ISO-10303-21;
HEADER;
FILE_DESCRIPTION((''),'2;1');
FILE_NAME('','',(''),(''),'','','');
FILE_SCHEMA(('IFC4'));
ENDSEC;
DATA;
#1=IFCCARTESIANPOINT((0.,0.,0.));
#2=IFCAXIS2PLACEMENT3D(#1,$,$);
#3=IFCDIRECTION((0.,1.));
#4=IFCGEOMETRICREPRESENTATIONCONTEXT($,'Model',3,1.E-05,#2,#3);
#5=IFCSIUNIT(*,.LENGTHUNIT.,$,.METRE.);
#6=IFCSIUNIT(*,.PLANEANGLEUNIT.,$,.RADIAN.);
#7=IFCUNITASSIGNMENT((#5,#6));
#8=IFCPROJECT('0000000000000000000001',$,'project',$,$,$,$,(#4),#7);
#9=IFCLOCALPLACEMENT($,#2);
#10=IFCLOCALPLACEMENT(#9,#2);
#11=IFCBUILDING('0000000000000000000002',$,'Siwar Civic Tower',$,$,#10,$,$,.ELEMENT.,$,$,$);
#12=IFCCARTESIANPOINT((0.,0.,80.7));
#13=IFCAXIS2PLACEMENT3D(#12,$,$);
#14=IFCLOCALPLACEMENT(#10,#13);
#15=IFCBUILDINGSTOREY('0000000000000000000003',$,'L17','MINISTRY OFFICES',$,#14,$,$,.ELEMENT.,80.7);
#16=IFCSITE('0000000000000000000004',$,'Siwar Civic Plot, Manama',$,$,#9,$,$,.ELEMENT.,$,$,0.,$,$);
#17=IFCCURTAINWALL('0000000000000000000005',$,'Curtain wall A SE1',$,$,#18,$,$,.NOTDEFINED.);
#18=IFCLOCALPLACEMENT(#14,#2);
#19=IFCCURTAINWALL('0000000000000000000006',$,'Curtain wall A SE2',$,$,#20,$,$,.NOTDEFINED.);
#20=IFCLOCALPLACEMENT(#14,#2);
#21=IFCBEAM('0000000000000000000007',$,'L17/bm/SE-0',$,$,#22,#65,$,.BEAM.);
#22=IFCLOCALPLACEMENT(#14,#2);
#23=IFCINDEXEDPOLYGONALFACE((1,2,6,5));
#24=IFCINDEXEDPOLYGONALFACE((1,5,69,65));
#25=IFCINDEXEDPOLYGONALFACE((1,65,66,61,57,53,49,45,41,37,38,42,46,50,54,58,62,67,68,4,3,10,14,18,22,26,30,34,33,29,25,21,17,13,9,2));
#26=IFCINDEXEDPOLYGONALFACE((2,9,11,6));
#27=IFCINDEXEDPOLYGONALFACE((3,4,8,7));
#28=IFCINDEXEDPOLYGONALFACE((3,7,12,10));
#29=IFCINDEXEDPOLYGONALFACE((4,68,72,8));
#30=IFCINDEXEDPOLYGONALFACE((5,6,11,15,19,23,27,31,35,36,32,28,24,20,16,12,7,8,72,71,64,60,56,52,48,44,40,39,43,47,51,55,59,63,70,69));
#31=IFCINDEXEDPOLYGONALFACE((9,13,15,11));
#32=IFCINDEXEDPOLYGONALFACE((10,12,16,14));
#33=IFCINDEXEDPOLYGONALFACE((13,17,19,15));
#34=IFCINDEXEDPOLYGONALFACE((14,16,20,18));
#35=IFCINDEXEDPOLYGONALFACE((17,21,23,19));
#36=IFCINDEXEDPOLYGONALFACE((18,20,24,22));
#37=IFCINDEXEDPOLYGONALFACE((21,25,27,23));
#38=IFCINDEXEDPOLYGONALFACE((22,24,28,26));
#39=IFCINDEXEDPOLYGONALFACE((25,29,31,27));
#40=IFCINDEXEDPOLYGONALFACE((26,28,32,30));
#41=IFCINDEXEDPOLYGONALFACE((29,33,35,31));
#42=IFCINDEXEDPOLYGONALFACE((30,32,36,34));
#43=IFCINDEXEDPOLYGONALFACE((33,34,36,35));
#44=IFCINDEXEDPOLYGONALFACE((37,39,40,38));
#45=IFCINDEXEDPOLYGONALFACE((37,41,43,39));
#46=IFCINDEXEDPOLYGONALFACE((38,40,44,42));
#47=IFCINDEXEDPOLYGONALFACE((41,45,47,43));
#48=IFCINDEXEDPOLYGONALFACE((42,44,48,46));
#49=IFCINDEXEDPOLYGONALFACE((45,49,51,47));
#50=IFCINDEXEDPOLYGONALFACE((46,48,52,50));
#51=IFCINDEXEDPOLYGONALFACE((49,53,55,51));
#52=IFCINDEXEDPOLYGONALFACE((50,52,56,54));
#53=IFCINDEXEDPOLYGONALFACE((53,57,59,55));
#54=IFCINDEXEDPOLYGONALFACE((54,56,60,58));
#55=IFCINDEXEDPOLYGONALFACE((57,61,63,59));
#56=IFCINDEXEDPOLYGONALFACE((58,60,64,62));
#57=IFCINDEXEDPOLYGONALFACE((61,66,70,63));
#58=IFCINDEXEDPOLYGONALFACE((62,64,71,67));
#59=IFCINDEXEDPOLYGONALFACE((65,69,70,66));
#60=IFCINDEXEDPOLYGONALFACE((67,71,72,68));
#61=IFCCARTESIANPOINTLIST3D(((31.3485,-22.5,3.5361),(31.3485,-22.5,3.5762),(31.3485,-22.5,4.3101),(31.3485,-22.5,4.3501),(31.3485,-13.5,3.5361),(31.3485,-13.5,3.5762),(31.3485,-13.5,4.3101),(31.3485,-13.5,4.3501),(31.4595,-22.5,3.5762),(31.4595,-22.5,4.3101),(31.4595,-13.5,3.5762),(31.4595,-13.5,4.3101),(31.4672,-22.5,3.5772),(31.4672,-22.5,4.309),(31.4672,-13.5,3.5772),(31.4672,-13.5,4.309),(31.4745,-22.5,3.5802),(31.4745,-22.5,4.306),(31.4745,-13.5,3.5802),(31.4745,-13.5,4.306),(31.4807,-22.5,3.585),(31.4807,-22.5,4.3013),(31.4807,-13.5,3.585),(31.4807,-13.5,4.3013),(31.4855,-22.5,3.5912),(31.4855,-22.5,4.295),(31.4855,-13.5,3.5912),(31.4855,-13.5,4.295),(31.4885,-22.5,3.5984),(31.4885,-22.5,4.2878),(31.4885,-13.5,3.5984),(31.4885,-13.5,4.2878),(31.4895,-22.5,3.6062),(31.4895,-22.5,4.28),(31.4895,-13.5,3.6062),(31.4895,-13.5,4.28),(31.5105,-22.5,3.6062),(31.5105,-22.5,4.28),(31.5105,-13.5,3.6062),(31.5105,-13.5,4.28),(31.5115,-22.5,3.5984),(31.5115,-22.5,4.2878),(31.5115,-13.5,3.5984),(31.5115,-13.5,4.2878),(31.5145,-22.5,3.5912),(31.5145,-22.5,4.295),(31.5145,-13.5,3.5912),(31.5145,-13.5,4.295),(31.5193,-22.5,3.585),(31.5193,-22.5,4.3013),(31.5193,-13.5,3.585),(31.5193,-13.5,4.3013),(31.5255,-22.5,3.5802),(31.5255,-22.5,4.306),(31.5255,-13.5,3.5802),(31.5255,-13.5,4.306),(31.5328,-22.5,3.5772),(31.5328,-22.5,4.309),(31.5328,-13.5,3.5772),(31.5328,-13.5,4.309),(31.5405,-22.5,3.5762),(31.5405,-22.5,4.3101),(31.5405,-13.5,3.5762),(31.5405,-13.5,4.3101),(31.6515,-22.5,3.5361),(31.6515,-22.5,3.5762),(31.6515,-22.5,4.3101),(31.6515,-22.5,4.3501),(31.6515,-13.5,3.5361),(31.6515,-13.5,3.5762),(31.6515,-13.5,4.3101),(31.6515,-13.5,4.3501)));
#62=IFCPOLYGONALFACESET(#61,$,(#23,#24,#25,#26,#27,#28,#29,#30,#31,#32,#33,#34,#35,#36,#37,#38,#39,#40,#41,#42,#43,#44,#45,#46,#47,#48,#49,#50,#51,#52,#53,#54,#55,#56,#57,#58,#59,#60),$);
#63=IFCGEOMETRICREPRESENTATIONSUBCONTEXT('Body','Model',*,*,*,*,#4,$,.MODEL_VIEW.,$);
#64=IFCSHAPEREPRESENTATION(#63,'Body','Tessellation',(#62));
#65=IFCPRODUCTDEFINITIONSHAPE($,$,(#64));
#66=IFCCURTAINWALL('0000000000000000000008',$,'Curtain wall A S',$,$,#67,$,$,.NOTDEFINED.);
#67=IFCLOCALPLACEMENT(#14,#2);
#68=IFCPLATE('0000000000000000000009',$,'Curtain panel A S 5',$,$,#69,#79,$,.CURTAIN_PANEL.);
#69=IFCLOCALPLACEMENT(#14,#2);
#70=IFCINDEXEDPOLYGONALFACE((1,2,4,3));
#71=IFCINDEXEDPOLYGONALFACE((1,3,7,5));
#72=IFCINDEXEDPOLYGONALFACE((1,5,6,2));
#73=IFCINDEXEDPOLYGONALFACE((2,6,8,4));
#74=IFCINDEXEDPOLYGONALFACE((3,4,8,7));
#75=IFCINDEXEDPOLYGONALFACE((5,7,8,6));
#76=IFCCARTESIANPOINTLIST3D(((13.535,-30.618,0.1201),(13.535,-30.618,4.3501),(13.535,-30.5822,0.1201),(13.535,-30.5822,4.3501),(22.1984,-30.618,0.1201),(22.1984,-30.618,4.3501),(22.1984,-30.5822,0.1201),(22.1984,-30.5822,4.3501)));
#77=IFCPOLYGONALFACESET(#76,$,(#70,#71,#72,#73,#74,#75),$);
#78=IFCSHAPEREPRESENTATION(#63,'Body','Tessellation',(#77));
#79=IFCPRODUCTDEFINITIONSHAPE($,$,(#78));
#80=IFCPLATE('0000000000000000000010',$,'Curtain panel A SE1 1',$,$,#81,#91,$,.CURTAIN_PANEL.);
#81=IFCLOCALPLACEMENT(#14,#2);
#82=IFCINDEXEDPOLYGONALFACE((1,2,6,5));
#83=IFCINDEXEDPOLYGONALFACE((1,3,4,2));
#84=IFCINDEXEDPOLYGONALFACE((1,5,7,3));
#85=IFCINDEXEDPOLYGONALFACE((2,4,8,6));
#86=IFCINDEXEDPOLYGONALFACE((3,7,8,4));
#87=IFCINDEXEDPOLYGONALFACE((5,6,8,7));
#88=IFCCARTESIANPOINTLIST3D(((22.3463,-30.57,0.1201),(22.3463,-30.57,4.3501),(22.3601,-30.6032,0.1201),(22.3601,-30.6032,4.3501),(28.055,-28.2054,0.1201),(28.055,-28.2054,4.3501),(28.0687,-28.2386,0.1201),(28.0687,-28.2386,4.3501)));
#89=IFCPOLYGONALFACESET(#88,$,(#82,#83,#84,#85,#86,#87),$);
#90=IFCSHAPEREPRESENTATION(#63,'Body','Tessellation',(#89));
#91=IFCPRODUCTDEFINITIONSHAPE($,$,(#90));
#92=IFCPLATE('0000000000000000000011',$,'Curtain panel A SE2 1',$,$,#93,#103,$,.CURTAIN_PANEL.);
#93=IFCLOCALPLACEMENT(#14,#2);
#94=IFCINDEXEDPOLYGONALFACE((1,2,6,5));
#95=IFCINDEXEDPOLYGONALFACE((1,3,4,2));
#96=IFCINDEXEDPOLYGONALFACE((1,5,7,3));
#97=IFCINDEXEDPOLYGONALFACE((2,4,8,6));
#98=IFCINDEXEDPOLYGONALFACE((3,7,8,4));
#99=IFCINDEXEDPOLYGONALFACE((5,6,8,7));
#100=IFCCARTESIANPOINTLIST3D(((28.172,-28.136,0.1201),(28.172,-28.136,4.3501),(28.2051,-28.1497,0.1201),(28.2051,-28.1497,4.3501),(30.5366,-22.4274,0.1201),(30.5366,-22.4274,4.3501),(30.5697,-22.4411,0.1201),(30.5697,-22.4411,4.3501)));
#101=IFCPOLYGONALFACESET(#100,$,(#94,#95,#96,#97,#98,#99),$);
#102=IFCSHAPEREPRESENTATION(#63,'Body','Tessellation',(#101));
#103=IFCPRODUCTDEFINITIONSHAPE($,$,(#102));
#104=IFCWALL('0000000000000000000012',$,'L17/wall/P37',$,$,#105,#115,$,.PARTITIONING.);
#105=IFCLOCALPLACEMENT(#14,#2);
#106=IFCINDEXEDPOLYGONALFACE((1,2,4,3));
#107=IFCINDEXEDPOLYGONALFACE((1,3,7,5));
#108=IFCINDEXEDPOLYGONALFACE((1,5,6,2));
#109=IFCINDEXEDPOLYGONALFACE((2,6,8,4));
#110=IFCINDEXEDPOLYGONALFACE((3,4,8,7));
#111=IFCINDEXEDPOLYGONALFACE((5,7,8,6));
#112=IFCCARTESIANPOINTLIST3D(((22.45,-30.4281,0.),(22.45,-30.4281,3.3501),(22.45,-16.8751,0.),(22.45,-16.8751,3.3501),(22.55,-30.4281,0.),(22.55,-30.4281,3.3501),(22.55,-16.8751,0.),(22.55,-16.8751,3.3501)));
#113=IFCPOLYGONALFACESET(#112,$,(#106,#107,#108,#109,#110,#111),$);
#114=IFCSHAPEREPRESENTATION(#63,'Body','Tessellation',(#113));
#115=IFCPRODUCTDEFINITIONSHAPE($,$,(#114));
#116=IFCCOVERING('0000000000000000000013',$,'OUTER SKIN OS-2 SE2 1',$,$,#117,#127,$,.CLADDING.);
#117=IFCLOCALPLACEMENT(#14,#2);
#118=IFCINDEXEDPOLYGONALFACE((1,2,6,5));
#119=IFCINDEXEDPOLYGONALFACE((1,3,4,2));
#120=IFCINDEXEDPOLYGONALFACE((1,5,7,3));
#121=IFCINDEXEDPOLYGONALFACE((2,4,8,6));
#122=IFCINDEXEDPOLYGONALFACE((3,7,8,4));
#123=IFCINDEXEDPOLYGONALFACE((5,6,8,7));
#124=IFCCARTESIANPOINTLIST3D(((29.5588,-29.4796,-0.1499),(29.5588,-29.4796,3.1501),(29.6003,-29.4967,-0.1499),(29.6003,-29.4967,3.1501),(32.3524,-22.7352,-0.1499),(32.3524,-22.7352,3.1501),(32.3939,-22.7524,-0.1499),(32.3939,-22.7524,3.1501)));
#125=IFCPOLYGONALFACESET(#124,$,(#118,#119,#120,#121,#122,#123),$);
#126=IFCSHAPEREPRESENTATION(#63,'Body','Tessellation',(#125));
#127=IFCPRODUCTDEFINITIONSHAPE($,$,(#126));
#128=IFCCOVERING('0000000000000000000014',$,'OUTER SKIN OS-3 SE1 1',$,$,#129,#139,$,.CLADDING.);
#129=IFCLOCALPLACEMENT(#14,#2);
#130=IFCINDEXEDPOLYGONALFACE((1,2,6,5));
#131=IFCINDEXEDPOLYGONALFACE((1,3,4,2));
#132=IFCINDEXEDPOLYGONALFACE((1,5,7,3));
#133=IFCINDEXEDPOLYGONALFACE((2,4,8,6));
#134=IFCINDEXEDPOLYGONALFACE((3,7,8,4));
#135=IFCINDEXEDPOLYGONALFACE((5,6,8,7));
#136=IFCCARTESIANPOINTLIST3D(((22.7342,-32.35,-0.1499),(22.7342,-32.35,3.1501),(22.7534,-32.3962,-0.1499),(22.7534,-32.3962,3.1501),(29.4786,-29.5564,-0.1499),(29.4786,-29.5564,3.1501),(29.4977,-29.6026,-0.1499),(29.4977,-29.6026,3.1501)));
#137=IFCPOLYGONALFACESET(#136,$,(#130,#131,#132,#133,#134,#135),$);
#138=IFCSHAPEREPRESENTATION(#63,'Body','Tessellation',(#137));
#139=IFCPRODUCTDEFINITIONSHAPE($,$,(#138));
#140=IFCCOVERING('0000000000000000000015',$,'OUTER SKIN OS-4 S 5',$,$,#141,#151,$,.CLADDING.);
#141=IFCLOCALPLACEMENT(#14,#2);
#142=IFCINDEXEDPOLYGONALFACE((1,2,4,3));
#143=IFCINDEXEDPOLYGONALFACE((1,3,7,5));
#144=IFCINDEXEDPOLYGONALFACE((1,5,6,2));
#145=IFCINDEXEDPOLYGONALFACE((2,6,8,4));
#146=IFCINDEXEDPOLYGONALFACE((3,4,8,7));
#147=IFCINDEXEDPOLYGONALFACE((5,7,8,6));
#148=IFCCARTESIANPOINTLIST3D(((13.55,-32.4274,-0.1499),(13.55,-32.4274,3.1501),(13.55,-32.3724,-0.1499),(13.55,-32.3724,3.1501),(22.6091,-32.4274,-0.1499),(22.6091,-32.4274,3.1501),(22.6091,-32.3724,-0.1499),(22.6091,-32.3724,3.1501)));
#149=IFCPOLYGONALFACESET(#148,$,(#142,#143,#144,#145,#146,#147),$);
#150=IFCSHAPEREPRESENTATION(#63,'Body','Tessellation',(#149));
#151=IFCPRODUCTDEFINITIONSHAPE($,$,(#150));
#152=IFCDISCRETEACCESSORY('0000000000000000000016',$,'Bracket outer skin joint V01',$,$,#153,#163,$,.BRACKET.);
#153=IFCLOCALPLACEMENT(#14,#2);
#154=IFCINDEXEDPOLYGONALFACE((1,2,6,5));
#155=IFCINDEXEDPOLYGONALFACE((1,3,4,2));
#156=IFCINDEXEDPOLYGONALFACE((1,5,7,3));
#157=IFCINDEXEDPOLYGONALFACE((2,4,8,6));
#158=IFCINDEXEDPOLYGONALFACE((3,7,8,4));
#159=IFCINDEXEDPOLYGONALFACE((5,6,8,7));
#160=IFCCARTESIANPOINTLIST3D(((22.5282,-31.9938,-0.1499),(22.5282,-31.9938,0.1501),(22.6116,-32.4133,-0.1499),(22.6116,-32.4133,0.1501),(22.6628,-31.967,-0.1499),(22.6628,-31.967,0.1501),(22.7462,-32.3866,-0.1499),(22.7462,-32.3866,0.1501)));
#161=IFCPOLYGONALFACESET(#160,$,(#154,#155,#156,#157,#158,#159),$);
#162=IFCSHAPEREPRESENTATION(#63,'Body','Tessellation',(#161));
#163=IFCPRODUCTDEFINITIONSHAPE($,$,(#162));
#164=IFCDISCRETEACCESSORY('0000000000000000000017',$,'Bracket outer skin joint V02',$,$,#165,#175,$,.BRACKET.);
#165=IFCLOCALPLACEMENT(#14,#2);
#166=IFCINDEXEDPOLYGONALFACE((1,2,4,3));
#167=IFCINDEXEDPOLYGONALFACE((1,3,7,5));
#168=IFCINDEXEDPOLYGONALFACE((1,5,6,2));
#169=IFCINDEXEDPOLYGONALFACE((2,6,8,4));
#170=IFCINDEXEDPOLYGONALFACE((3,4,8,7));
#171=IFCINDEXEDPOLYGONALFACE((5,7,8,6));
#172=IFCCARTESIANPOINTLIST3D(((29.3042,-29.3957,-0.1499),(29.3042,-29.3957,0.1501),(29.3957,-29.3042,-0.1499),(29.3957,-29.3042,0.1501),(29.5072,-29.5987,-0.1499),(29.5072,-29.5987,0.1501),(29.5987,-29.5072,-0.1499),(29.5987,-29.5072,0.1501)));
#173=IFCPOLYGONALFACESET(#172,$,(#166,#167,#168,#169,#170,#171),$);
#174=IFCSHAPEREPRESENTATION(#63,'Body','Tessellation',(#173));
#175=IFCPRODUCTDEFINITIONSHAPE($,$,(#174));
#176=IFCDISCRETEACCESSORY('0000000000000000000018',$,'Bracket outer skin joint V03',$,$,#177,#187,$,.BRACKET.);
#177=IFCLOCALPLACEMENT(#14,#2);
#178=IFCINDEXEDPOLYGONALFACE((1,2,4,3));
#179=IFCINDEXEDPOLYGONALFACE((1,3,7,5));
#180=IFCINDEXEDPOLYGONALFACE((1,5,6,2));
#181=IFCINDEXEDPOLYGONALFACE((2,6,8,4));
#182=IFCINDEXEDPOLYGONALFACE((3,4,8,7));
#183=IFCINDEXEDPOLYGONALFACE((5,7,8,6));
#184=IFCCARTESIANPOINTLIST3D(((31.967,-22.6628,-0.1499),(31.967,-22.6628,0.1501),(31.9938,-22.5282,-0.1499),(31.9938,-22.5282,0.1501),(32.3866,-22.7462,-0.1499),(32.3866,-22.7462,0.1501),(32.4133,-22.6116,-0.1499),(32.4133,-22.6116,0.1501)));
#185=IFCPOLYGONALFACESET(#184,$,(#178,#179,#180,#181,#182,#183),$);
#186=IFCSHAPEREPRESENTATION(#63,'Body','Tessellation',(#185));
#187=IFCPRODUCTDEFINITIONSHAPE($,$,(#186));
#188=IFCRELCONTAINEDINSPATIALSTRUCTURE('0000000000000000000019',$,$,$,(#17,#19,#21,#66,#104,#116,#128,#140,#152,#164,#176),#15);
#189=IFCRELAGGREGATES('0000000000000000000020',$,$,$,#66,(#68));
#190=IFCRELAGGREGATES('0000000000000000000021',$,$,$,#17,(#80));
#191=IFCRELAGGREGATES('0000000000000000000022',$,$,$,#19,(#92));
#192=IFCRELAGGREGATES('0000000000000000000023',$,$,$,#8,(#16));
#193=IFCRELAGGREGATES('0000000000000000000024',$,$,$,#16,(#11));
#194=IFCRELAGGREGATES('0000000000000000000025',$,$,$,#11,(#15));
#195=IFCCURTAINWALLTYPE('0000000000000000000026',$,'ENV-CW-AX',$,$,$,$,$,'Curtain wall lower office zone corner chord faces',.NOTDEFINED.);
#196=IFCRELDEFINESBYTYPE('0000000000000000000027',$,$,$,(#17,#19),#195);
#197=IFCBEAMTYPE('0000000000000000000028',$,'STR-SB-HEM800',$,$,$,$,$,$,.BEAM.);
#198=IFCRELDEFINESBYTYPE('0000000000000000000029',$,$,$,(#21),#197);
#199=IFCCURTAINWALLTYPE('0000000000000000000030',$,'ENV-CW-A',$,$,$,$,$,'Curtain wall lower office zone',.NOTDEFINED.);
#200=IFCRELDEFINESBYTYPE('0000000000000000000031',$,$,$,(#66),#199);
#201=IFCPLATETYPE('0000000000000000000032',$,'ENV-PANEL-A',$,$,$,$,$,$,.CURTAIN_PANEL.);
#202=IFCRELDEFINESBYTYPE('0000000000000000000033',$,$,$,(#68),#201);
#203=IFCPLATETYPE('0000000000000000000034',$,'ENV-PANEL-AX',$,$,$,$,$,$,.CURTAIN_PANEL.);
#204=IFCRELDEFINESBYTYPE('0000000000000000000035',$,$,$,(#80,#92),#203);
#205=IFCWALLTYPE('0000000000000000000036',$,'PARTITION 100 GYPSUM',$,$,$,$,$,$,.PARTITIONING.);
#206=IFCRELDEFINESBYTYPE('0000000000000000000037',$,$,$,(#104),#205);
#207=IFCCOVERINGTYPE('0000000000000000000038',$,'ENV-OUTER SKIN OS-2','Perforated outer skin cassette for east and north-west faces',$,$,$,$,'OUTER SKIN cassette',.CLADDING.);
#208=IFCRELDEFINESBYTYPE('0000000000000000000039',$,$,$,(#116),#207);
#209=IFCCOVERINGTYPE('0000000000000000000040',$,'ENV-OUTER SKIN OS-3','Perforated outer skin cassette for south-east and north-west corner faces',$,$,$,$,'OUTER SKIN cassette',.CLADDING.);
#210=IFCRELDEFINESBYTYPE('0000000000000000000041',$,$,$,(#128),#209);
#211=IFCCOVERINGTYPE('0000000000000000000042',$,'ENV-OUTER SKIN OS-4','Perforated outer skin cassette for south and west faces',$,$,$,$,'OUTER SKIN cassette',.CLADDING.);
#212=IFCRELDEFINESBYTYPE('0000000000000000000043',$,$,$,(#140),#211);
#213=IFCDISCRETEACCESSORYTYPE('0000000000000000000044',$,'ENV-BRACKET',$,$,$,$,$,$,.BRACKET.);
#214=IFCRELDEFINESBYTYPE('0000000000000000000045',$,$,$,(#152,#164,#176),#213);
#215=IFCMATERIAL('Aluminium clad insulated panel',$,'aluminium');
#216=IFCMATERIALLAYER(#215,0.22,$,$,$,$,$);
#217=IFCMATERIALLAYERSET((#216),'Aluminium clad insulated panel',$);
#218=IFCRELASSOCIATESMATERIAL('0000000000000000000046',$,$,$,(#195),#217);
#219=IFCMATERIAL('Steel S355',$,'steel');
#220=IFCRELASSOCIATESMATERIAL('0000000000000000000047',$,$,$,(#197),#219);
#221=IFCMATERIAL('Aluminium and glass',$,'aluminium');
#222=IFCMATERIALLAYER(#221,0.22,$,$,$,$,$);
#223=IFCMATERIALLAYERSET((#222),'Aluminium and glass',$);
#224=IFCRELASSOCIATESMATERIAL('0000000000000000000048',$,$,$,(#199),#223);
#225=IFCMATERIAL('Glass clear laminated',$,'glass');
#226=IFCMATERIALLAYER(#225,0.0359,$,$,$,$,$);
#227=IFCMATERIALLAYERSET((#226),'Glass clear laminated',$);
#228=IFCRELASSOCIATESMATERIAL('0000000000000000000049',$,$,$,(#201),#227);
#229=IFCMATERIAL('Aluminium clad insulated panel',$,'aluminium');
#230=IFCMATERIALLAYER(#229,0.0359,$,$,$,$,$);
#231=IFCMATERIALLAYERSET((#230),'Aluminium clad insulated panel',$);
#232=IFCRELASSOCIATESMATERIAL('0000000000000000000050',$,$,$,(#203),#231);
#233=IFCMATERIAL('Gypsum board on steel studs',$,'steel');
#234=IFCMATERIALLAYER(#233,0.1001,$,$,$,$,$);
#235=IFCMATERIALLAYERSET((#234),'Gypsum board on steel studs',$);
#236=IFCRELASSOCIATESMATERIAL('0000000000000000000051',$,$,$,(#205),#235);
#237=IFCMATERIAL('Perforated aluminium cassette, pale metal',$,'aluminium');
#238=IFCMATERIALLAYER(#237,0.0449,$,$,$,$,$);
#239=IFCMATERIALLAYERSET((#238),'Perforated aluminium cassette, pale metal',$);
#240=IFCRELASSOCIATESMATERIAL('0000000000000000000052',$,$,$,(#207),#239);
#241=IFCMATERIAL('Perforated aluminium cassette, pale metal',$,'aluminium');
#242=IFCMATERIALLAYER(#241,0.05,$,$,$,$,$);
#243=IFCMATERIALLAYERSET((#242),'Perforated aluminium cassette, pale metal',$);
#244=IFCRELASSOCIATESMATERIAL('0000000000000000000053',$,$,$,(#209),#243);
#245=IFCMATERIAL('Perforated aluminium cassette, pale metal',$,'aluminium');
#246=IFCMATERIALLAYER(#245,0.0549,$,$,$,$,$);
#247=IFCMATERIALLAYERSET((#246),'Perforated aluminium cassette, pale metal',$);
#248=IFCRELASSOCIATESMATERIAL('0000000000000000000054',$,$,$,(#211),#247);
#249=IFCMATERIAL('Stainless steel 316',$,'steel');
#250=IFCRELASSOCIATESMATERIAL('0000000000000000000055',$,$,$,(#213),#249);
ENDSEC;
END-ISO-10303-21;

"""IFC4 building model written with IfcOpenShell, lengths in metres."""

from ifc_helpers import new_model, si_unit, direction, frame, frame_2d, origin, origin_2d, place, context, subcontext, project, spatial, rectangle, i_section, extrude, material, layer, layer_set, material_profile, profile_set, type_object, element, aggregate, save


model = new_model("IFC4")

# Units and contexts
model_context = context("Model", 3, precision=1e-05, world=origin(), true_north=direction((0.0, 1.0)))
body_context = subcontext(model_context, "Body", "Model", "MODEL_VIEW")
ifc_project = project(units=[si_unit("LENGTHUNIT", "METRE"), si_unit("PLANEANGLEUNIT", "RADIAN")], contexts=[model_context])

# Site, building, storey
site_placement = place(None, origin())
site = spatial("IfcSite", under=ifc_project, at=site_placement, Name="Siwar Civic Plot, Manama", CompositionType="ELEMENT", RefElevation=0.0)
building_placement = place(site_placement, origin())
building = spatial("IfcBuilding", under=site, at=building_placement, Name="Siwar Civic Tower", CompositionType="ELEMENT")
storey_placement = place(building_placement, frame((0.0, 0.0, 80.7)))
storey = spatial("IfcBuildingStorey", under=building, at=storey_placement, Name="L17", Description="MINISTRY OFFICES", CompositionType="ELEMENT", Elevation=80.7)

# Curtain walls
ifc_material_1 = material(Name="Aluminium clad insulated panel", Category="aluminium")
ifc_layer_1 = layer(ifc_material_1, 0.22)
ifc_layer_set_1 = layer_set([ifc_layer_1], Name="Aluminium clad insulated panel")
curtain_wall_type_1 = type_object("IfcCurtainWallType", Name="ENV-CW-AX", ElementType="Curtain wall lower office zone corner chord faces", PredefinedType="NOTDEFINED", material=ifc_layer_set_1)
curtain_wall_1_placement = place(storey_placement, origin())
curtain_wall_1 = element("IfcCurtainWall", 1, at=curtain_wall_1_placement, inside=storey, type_object=curtain_wall_type_1, Name="Curtain wall A SE1", PredefinedType="NOTDEFINED")
curtain_wall_2_placement = place(storey_placement, origin())
curtain_wall_2 = element("IfcCurtainWall", 2, at=curtain_wall_2_placement, inside=storey, type_object=curtain_wall_type_1, Name="Curtain wall A SE2", PredefinedType="NOTDEFINED")

# Beam
ifc_material_2 = material(Name="Steel S355", Category="steel")
ifc_material_profile_1 = material_profile(ifc_material_2, i_section(OverallWidth=0.303, OverallDepth=0.814, WebThickness=0.021, FlangeThickness=0.04, FilletRadius=0.03, at=origin_2d()), Name="HEM800")
ifc_profile_set_1 = profile_set([ifc_material_profile_1], Name="Steel S355")
beam_type_1 = type_object("IfcBeamType", Name="STR-SB-HEM800", PredefinedType="BEAM", material=ifc_profile_set_1)
beam_1_placement = place(storey_placement, frame((31.5, -22.5, 3.9431), z_axis=(0.0, 1.0, 0.0), x_axis=(-1.0, 0.0, 0.0)))
element("IfcBeam", 3, at=beam_1_placement, inside=storey, type_object=beam_type_1, Name="L17/bm/SE-0", PredefinedType="BEAM", context=body_context, shape_type="SweptSolid", body=[
    extrude(i_section(OverallWidth=0.303, OverallDepth=0.814, WebThickness=0.021, FlangeThickness=0.04, FilletRadius=0.03, at=origin_2d()), origin(), (0.0, 0.0, 1.0), 9.0),
])

# Curtain wall, plate
ifc_material_3 = material(Name="Aluminium and glass", Category="aluminium")
ifc_layer_2 = layer(ifc_material_3, 0.22)
ifc_layer_set_2 = layer_set([ifc_layer_2], Name="Aluminium and glass")
curtain_wall_type_2 = type_object("IfcCurtainWallType", Name="ENV-CW-A", ElementType="Curtain wall lower office zone", PredefinedType="NOTDEFINED", material=ifc_layer_set_2)
curtain_wall_3_placement = place(storey_placement, origin())
curtain_wall_3 = element("IfcCurtainWall", 4, at=curtain_wall_3_placement, inside=storey, type_object=curtain_wall_type_2, Name="Curtain wall A S", PredefinedType="NOTDEFINED")
ifc_material_4 = material(Name="Glass clear laminated", Category="glass")
ifc_layer_3 = layer(ifc_material_4, 0.0359)
ifc_layer_set_3 = layer_set([ifc_layer_3], Name="Glass clear laminated")
plate_type_1 = type_object("IfcPlateType", Name="ENV-PANEL-A", PredefinedType="CURTAIN_PANEL", material=ifc_layer_set_3)
plate_1_placement = place(storey_placement, frame((17.8667, -30.6001, 0.1201), z_axis=(0.0, 0.0, 1.0), x_axis=(1.0, 0.0, 0.0)))
plate_1 = element("IfcPlate", 5, at=plate_1_placement, type_object=plate_type_1, Name="Curtain panel A S 5", PredefinedType="CURTAIN_PANEL", context=body_context, shape_type="SweptSolid", body=[
    extrude(rectangle(XDim=8.6633, YDim=0.0359, at=origin_2d()), origin(), (0.0, 0.0, 1.0), 4.23),
])
aggregate(curtain_wall_3, [plate_1])

# Plates
ifc_material_5 = material(Name="Aluminium clad insulated panel", Category="aluminium")
ifc_layer_4 = layer(ifc_material_5, 0.0359)
ifc_layer_set_4 = layer_set([ifc_layer_4], Name="Aluminium clad insulated panel")
plate_type_2 = type_object("IfcPlateType", Name="ENV-PANEL-AX", PredefinedType="CURTAIN_PANEL", material=ifc_layer_set_4)
plate_2_placement = place(storey_placement, frame((25.2075, -29.4043, 0.1201), z_axis=(0.0, 0.0, 1.0), x_axis=(0.92388, 0.382683, 0.0)))
plate_2 = element("IfcPlate", 6, at=plate_2_placement, type_object=plate_type_2, Name="Curtain panel A SE1 1", PredefinedType="CURTAIN_PANEL", context=body_context, shape_type="SweptSolid", body=[
    extrude(rectangle(XDim=6.179, YDim=0.0359, at=origin_2d()), origin(), (0.0, 0.0, 1.0), 4.23),
])
aggregate(curtain_wall_1, [plate_2])
plate_3_placement = place(storey_placement, frame((29.3708, -25.2886, 0.1201), z_axis=(0.0, 0.0, 1.0), x_axis=(0.382683, 0.92388, 0.0)))
plate_3 = element("IfcPlate", 7, at=plate_3_placement, type_object=plate_type_2, Name="Curtain panel A SE2 1", PredefinedType="CURTAIN_PANEL", context=body_context, shape_type="SweptSolid", body=[
    extrude(rectangle(XDim=6.179, YDim=0.0359, at=origin_2d()), origin(), (0.0, 0.0, 1.0), 4.23),
])
aggregate(curtain_wall_2, [plate_3])

# Wall
ifc_material_6 = material(Name="Gypsum board on steel studs", Category="steel")
ifc_layer_5 = layer(ifc_material_6, 0.1001)
ifc_layer_set_5 = layer_set([ifc_layer_5], Name="Gypsum board on steel studs")
wall_type = type_object("IfcWallType", Name="PARTITION 100 GYPSUM", PredefinedType="PARTITIONING", material=ifc_layer_set_5)
wall_placement = place(storey_placement, frame((22.5, -30.428, 0.0), z_axis=(0.0, 0.0, 1.0), x_axis=(0.0, 1.0, 0.0)))
element("IfcWall", 8, at=wall_placement, inside=storey, type_object=wall_type, Name="L17/wall/P37", PredefinedType="PARTITIONING", context=body_context, shape_type="SweptSolid", body=[
    extrude(rectangle(XDim=13.553, YDim=0.1001, at=frame_2d((6.7764, 0.0))), origin(), (0.0, 0.0, 1.0), 3.3501),
])

# Coverings
ifc_material_7 = material(Name="Perforated aluminium cassette, pale metal", Category="aluminium")
ifc_layer_6 = layer(ifc_material_7, 0.0449)
ifc_layer_set_6 = layer_set([ifc_layer_6], Name="Perforated aluminium cassette, pale metal")
covering_type_1 = type_object("IfcCoveringType", Name="ENV-OUTER SKIN OS-2", Description="Perforated outer skin cassette for east and north-west faces", ElementType="OUTER SKIN cassette", PredefinedType="CLADDING", material=ifc_layer_set_6)
covering_1_placement = place(storey_placement, frame((30.9763, -26.116, -0.1499), z_axis=(0.0, 0.0, 1.0), x_axis=(0.382683, 0.92388, 0.0)))
element("IfcCovering", 9, at=covering_1_placement, inside=storey, type_object=covering_type_1, Name="OUTER SKIN OS-2 SE2 1", PredefinedType="CLADDING", context=body_context, shape_type="SweptSolid", body=[
    extrude(rectangle(XDim=7.3, YDim=0.0449, at=origin_2d()), origin(), (0.0, 0.0, 1.0), 3.3),
])
ifc_material_8 = material(Name="Perforated aluminium cassette, pale metal", Category="aluminium")
ifc_layer_7 = layer(ifc_material_8, 0.05)
ifc_layer_set_7 = layer_set([ifc_layer_7], Name="Perforated aluminium cassette, pale metal")
covering_type_2 = type_object("IfcCoveringType", Name="ENV-OUTER SKIN OS-3", Description="Perforated outer skin cassette for south-east and north-west corner faces", ElementType="OUTER SKIN cassette", PredefinedType="CLADDING", material=ifc_layer_set_7)
covering_2_placement = place(storey_placement, frame((26.116, -30.9763, -0.1499), z_axis=(0.0, 0.0, 1.0), x_axis=(0.92388, 0.382683, 0.0)))
element("IfcCovering", 10, at=covering_2_placement, inside=storey, type_object=covering_type_2, Name="OUTER SKIN OS-3 SE1 1", PredefinedType="CLADDING", context=body_context, shape_type="SweptSolid", body=[
    extrude(rectangle(XDim=7.3, YDim=0.05, at=origin_2d()), origin(), (0.0, 0.0, 1.0), 3.3),
])
ifc_material_9 = material(Name="Perforated aluminium cassette, pale metal", Category="aluminium")
ifc_layer_8 = layer(ifc_material_9, 0.0549)
ifc_layer_set_8 = layer_set([ifc_layer_8], Name="Perforated aluminium cassette, pale metal")
covering_type_3 = type_object("IfcCoveringType", Name="ENV-OUTER SKIN OS-4", Description="Perforated outer skin cassette for south and west faces", ElementType="OUTER SKIN cassette", PredefinedType="CLADDING", material=ifc_layer_set_8)
covering_3_placement = place(storey_placement, frame((18.0796, -32.3999, -0.1499), z_axis=(0.0, 0.0, 1.0), x_axis=(1.0, 0.0, 0.0)))
element("IfcCovering", 11, at=covering_3_placement, inside=storey, type_object=covering_type_3, Name="OUTER SKIN OS-4 S 5", PredefinedType="CLADDING", context=body_context, shape_type="SweptSolid", body=[
    extrude(rectangle(XDim=9.0591, YDim=0.0549, at=origin_2d()), origin(), (0.0, 0.0, 1.0), 3.3),
])

# Discrete accessories
ifc_material_10 = material(Name="Stainless steel 316", Category="steel")
discrete_accessory_type = type_object("IfcDiscreteAccessoryType", Name="ENV-BRACKET", PredefinedType="BRACKET", material=ifc_material_10)
discrete_accessory_1_placement = place(storey_placement, frame((22.6372, -32.1902, -0.1499), z_axis=(0.0, 0.0, 1.0), x_axis=(0.19509, -0.980785, 0.0)))
element("IfcDiscreteAccessory", 12, at=discrete_accessory_1_placement, inside=storey, type_object=discrete_accessory_type, Name="Bracket outer skin joint V01", PredefinedType="BRACKET", context=body_context, shape_type="SweptSolid", body=[
    extrude(rectangle(XDim=0.4277, YDim=0.1372, at=origin_2d()), origin(), (0.0, 0.0, 1.0), 0.3),
])
discrete_accessory_2_placement = place(storey_placement, frame((29.4514, -29.4514, -0.1499), z_axis=(0.0, 0.0, 1.0), x_axis=(0.707107, -0.707107, 0.0)))
element("IfcDiscreteAccessory", 13, at=discrete_accessory_2_placement, inside=storey, type_object=discrete_accessory_type, Name="Bracket outer skin joint V02", PredefinedType="BRACKET", context=body_context, shape_type="SweptSolid", body=[
    extrude(rectangle(XDim=0.2871, YDim=0.1294, at=origin_2d()), origin(), (0.0, 0.0, 1.0), 0.3),
])
discrete_accessory_3_placement = place(storey_placement, frame((32.1902, -22.6372, -0.1499), z_axis=(0.0, 0.0, 1.0), x_axis=(0.980785, -0.19509, 0.0)))
element("IfcDiscreteAccessory", 14, at=discrete_accessory_3_placement, inside=storey, type_object=discrete_accessory_type, Name="Bracket outer skin joint V03", PredefinedType="BRACKET", context=body_context, shape_type="SweptSolid", body=[
    extrude(rectangle(XDim=0.4277, YDim=0.1372, at=origin_2d()), origin(), (0.0, 0.0, 1.0), 0.3),
])

save(model, "model.ifc")
